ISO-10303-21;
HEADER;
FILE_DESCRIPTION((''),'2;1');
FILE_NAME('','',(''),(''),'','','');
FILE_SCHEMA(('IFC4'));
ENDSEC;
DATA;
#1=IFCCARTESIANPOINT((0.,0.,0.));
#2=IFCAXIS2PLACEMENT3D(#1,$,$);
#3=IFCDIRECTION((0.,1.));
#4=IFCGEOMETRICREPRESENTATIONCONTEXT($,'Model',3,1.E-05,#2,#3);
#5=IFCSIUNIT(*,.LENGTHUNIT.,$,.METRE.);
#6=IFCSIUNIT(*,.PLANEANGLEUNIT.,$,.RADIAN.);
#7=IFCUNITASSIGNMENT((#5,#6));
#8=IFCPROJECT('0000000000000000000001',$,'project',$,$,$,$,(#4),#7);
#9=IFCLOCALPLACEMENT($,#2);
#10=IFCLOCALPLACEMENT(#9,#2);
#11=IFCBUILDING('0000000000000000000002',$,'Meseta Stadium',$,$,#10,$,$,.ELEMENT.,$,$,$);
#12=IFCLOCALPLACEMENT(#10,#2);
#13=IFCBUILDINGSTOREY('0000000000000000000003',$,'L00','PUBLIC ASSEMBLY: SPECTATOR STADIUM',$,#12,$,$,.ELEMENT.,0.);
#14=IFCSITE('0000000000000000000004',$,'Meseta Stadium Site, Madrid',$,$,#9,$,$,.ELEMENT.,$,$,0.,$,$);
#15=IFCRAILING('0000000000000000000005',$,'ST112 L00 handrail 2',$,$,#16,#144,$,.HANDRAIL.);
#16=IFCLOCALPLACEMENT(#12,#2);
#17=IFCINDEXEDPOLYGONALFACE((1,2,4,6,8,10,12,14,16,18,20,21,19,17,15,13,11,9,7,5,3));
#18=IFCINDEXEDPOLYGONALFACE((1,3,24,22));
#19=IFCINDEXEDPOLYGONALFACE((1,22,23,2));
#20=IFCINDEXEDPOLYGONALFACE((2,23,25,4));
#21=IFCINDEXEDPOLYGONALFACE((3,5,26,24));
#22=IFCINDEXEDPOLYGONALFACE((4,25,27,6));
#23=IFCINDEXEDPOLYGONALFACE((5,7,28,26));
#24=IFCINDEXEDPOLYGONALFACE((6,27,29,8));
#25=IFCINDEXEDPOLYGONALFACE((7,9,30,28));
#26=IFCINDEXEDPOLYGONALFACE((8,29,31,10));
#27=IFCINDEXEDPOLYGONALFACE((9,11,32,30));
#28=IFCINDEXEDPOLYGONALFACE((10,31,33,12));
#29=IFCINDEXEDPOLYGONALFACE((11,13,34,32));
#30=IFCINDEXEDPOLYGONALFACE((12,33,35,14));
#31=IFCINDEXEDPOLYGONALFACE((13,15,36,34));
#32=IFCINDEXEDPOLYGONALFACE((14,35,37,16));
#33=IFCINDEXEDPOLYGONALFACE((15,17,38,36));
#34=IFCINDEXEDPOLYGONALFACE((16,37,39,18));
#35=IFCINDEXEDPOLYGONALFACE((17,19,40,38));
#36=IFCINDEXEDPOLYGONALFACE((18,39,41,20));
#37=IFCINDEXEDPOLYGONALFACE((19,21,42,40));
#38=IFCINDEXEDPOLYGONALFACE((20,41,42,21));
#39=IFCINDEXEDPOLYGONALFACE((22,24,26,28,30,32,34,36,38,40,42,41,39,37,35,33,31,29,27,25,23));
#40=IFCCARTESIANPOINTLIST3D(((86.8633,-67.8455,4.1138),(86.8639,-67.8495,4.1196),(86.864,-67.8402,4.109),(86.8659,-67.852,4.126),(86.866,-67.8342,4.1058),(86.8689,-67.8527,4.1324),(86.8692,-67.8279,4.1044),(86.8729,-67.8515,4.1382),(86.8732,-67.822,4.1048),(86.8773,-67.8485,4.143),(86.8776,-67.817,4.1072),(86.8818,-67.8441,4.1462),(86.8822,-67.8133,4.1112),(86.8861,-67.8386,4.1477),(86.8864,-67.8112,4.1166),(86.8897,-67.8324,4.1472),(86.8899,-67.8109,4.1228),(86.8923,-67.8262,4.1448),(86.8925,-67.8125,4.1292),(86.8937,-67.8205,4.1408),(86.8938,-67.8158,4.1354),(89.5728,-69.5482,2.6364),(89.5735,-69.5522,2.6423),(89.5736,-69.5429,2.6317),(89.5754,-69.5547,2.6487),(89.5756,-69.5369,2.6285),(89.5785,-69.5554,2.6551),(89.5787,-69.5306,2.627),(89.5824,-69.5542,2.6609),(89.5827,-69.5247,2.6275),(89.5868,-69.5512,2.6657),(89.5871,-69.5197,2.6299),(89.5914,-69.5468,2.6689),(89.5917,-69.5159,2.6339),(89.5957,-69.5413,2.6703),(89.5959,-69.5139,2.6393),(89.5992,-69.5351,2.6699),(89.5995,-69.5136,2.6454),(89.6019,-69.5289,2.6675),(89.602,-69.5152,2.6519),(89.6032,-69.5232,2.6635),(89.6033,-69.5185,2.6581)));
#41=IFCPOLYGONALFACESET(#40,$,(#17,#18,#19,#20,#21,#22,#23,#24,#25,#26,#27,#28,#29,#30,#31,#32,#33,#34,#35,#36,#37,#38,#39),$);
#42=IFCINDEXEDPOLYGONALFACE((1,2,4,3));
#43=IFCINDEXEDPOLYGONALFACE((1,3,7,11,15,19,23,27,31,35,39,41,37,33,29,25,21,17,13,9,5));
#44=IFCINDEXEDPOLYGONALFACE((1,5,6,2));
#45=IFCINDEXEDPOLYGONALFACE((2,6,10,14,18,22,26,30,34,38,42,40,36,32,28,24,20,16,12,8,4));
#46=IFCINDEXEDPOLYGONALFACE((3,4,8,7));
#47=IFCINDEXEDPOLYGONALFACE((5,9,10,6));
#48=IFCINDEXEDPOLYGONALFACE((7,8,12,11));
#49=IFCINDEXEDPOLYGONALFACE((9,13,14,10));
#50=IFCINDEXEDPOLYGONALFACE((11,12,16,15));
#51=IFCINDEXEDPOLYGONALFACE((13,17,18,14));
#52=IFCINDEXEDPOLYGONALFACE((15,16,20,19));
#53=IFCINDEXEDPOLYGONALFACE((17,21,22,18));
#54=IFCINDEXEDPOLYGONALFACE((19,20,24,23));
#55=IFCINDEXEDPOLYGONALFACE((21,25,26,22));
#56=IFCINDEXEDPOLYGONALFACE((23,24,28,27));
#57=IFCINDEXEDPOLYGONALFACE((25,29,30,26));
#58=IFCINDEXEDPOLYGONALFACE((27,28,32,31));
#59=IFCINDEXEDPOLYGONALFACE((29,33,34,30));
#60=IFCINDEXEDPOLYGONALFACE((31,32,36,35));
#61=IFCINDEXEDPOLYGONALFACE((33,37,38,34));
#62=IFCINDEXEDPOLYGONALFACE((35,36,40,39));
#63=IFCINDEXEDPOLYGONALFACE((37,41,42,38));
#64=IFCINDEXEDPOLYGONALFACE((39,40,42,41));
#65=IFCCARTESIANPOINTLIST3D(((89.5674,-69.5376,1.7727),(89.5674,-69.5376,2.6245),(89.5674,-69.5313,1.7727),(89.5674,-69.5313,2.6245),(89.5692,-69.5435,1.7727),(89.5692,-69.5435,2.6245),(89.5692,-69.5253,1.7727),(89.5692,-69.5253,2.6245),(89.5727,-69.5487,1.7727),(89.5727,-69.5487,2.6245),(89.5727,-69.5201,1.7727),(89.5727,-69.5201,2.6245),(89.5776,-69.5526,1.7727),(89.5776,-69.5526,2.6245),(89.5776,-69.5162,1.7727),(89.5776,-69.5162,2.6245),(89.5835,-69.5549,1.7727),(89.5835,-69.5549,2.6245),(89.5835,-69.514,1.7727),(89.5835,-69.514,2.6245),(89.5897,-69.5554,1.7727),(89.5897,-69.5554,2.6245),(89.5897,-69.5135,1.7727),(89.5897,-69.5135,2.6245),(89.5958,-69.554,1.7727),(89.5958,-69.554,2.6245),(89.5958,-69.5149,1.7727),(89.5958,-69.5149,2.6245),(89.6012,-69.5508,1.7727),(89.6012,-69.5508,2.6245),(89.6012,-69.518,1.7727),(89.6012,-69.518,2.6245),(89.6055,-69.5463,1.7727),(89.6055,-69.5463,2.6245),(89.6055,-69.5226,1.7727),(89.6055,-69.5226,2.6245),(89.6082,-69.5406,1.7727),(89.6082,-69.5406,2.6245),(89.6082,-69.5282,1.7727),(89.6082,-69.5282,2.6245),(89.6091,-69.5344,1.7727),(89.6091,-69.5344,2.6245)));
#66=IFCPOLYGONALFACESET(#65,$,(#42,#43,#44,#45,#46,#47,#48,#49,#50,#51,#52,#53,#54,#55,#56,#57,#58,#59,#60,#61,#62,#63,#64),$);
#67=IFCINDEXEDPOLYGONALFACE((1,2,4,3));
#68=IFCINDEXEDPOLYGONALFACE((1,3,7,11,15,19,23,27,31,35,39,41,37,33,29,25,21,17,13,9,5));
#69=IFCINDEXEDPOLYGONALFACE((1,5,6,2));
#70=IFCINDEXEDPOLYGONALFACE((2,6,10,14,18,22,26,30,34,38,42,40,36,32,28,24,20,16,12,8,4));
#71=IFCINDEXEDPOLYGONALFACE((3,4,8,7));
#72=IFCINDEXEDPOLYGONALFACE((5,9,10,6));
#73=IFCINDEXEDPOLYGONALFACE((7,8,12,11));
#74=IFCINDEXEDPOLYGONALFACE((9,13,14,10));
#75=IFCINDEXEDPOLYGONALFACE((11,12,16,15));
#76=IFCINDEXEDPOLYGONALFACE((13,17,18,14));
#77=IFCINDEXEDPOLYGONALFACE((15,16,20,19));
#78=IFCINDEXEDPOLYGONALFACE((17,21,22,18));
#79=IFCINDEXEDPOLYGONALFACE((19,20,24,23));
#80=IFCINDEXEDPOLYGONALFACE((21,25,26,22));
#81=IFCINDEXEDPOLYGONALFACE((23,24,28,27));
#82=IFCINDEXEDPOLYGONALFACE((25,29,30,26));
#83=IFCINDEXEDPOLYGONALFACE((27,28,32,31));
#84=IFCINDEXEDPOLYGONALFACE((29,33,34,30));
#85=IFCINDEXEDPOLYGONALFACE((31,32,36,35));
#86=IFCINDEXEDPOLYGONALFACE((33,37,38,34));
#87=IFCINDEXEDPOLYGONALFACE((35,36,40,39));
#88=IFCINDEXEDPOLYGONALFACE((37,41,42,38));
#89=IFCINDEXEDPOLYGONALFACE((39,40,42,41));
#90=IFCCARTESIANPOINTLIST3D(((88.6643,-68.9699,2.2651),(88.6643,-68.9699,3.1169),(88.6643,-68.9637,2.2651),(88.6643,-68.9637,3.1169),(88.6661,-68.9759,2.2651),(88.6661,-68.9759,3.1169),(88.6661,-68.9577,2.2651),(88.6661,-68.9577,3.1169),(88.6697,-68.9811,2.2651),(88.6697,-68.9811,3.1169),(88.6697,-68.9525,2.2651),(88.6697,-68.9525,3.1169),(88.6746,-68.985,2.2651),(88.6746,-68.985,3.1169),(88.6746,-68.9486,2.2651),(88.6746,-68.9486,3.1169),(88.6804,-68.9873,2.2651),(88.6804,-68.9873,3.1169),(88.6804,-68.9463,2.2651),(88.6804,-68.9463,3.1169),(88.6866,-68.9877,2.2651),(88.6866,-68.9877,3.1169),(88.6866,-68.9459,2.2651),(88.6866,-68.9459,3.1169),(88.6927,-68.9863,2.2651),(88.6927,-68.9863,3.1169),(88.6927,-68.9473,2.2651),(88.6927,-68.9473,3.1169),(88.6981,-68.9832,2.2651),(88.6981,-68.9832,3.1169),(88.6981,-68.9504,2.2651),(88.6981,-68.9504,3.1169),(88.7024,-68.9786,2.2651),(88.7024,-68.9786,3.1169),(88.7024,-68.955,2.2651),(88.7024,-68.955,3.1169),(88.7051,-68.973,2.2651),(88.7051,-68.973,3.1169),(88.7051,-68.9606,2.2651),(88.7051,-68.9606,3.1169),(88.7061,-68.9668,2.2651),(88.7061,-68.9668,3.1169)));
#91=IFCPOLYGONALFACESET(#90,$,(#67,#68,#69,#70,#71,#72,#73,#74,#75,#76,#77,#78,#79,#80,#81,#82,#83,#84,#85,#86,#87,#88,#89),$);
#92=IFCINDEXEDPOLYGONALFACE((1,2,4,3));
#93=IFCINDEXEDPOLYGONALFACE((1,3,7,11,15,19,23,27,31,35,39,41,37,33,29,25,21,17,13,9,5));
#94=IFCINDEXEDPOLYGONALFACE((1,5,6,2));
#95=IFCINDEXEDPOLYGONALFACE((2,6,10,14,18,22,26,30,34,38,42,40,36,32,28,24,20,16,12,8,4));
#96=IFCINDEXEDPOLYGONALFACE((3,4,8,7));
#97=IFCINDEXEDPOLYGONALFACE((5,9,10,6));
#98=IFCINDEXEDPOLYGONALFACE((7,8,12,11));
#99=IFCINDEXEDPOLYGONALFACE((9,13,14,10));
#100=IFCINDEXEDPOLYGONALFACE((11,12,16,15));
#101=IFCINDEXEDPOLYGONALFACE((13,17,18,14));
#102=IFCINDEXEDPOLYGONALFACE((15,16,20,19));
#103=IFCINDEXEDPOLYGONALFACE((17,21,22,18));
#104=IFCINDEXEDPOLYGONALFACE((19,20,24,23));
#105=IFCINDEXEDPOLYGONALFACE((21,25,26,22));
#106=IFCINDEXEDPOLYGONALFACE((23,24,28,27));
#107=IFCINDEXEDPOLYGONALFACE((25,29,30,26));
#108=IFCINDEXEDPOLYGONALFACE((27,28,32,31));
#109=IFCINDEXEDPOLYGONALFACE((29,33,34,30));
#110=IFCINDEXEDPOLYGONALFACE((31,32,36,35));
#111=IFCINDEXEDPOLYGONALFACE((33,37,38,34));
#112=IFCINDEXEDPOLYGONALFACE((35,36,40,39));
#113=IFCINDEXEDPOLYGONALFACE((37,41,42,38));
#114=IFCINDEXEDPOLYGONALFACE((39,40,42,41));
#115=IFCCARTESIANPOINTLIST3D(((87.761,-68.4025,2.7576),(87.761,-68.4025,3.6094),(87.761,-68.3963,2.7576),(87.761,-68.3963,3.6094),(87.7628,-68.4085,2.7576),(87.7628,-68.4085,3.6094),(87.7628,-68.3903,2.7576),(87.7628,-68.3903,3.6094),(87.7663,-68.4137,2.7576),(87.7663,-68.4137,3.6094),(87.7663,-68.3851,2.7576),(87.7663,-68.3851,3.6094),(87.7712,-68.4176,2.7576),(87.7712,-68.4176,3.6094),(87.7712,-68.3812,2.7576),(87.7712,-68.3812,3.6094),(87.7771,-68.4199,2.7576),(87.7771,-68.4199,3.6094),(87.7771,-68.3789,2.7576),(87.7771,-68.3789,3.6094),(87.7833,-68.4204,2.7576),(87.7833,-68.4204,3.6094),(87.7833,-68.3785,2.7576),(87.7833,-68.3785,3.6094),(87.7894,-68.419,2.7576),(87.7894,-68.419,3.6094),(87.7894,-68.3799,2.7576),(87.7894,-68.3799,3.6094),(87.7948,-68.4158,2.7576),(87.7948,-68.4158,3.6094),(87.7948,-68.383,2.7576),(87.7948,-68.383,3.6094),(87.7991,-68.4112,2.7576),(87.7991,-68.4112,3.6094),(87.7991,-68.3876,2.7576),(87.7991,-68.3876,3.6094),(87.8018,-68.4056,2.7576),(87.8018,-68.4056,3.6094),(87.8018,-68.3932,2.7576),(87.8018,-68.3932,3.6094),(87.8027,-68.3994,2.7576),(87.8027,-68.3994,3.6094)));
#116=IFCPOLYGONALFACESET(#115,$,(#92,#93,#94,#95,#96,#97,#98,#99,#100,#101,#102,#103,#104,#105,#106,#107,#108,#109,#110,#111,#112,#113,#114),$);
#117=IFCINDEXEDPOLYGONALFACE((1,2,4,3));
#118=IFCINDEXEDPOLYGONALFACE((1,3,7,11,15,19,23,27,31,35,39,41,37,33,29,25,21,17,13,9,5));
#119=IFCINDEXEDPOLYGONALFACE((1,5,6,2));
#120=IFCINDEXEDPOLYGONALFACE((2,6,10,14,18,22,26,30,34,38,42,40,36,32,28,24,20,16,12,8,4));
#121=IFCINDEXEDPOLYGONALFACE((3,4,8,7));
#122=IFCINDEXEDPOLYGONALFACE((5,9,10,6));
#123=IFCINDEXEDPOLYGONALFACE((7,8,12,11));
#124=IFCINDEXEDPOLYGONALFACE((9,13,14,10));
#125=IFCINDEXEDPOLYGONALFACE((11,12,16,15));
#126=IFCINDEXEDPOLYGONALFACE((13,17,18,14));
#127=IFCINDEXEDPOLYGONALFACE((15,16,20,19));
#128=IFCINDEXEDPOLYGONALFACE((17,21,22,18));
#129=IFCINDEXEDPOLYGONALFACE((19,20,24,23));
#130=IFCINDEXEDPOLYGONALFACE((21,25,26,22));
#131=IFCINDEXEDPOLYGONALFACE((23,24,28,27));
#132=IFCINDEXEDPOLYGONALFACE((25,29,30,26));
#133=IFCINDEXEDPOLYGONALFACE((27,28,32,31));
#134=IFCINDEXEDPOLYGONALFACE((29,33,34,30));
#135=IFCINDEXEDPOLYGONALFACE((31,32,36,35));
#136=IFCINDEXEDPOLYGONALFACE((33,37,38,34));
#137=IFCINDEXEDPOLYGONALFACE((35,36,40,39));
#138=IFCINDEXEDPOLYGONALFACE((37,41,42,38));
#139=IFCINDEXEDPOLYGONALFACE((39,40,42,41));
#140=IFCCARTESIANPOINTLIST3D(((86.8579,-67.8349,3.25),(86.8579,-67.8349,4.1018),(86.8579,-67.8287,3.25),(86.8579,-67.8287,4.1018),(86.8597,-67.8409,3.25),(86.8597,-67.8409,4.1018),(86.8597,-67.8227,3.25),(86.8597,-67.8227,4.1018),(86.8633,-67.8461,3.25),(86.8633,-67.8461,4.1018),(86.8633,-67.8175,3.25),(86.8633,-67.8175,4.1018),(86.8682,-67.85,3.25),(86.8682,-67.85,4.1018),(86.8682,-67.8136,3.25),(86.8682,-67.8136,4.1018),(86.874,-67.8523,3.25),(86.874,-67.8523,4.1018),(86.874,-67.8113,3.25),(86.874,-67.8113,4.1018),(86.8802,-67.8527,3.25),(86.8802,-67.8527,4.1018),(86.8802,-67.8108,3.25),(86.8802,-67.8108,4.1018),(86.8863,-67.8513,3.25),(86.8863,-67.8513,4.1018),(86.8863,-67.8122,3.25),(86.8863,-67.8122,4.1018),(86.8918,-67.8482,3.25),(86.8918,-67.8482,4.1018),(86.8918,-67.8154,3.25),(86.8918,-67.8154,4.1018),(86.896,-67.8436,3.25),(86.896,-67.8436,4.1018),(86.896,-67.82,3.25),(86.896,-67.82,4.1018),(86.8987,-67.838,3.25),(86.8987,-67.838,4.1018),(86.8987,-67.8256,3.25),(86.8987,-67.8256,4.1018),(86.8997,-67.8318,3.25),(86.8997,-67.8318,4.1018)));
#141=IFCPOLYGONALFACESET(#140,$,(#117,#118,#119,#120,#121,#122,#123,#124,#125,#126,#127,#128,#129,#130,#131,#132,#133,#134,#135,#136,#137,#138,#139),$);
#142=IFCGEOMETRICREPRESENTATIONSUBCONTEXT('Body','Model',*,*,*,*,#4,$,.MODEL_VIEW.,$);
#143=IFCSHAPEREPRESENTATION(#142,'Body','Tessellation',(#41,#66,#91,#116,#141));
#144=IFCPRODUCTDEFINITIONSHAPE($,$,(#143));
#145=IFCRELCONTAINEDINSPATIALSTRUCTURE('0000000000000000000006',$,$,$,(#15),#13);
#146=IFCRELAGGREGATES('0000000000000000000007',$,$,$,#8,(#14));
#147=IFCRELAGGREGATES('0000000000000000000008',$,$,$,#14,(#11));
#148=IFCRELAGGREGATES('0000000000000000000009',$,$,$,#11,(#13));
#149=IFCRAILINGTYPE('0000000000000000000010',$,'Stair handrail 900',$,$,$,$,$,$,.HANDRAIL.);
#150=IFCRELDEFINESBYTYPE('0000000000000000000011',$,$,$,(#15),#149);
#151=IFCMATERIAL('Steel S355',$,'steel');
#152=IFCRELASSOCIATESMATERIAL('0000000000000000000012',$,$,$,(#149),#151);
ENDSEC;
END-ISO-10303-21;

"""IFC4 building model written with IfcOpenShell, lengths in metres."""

from ifc_helpers import new_model, si_unit, direction, frame, origin, origin_2d, place, context, subcontext, project, spatial, circle, extrude, material, type_object, element, save


model = new_model("IFC4")

# Units and contexts
model_context = context("Model", 3, precision=1e-05, world=origin(), true_north=direction((0.0, 1.0)))
body_context = subcontext(model_context, "Body", "Model", "MODEL_VIEW")
ifc_project = project(units=[si_unit("LENGTHUNIT", "METRE"), si_unit("PLANEANGLEUNIT", "RADIAN")], contexts=[model_context])

# Site, building, storey
site_placement = place(None, origin())
site = spatial("IfcSite", under=ifc_project, at=site_placement, Name="Meseta Stadium Site, Madrid", CompositionType="ELEMENT", RefElevation=0.0)
building_placement = place(site_placement, origin())
building = spatial("IfcBuilding", under=site, at=building_placement, Name="Meseta Stadium", CompositionType="ELEMENT")
storey_placement = place(building_placement, origin())
storey = spatial("IfcBuildingStorey", under=building, at=storey_placement, Name="L00", Description="PUBLIC ASSEMBLY: SPECTATOR STADIUM", CompositionType="ELEMENT", Elevation=0.0)

# Railing
ifc_material_1 = material(Name="Steel S355", Category="steel")
railing_type_1 = type_object("IfcRailingType", Name="Stair handrail 900", PredefinedType="HANDRAIL", material=ifc_material_1)
for number, where, name in (
    (1, (89.5881, -69.5344, 1.7727), "ST112 L00 handrail 2"),
):
    element("IfcRailing", number, at=place(storey_placement, frame(where)), inside=storey, type_object=railing_type_1, Name=name, PredefinedType="HANDRAIL", context=body_context, shape_type="SweptSolid", body=[
        extrude(circle(Radius=0.0239, at=origin_2d()), frame((0.0, 0.0, 0.876), z_axis=(-0.768738, 0.483076, 0.419142), x_axis=(-0.532068, -0.846701, 0.0)), (0.0, 0.0, 1.0), 3.5247),
        extrude(circle(Radius=0.021, at=origin_2d()), origin(), (0.0, 0.0, 1.0), 0.8518),
        extrude(circle(Radius=0.021, at=origin_2d()), frame((-0.9031, 0.5676, 0.4924)), (0.0, 0.0, 1.0), 0.8518),
        extrude(circle(Radius=0.021, at=origin_2d()), frame((-1.8064, 1.135, 0.9849)), (0.0, 0.0, 1.0), 0.8518),
        extrude(circle(Radius=0.021, at=origin_2d()), frame((-2.7095, 1.7026, 1.4773)), (0.0, 0.0, 1.0), 0.8518),
    ])

save(model, "model.ifc")
